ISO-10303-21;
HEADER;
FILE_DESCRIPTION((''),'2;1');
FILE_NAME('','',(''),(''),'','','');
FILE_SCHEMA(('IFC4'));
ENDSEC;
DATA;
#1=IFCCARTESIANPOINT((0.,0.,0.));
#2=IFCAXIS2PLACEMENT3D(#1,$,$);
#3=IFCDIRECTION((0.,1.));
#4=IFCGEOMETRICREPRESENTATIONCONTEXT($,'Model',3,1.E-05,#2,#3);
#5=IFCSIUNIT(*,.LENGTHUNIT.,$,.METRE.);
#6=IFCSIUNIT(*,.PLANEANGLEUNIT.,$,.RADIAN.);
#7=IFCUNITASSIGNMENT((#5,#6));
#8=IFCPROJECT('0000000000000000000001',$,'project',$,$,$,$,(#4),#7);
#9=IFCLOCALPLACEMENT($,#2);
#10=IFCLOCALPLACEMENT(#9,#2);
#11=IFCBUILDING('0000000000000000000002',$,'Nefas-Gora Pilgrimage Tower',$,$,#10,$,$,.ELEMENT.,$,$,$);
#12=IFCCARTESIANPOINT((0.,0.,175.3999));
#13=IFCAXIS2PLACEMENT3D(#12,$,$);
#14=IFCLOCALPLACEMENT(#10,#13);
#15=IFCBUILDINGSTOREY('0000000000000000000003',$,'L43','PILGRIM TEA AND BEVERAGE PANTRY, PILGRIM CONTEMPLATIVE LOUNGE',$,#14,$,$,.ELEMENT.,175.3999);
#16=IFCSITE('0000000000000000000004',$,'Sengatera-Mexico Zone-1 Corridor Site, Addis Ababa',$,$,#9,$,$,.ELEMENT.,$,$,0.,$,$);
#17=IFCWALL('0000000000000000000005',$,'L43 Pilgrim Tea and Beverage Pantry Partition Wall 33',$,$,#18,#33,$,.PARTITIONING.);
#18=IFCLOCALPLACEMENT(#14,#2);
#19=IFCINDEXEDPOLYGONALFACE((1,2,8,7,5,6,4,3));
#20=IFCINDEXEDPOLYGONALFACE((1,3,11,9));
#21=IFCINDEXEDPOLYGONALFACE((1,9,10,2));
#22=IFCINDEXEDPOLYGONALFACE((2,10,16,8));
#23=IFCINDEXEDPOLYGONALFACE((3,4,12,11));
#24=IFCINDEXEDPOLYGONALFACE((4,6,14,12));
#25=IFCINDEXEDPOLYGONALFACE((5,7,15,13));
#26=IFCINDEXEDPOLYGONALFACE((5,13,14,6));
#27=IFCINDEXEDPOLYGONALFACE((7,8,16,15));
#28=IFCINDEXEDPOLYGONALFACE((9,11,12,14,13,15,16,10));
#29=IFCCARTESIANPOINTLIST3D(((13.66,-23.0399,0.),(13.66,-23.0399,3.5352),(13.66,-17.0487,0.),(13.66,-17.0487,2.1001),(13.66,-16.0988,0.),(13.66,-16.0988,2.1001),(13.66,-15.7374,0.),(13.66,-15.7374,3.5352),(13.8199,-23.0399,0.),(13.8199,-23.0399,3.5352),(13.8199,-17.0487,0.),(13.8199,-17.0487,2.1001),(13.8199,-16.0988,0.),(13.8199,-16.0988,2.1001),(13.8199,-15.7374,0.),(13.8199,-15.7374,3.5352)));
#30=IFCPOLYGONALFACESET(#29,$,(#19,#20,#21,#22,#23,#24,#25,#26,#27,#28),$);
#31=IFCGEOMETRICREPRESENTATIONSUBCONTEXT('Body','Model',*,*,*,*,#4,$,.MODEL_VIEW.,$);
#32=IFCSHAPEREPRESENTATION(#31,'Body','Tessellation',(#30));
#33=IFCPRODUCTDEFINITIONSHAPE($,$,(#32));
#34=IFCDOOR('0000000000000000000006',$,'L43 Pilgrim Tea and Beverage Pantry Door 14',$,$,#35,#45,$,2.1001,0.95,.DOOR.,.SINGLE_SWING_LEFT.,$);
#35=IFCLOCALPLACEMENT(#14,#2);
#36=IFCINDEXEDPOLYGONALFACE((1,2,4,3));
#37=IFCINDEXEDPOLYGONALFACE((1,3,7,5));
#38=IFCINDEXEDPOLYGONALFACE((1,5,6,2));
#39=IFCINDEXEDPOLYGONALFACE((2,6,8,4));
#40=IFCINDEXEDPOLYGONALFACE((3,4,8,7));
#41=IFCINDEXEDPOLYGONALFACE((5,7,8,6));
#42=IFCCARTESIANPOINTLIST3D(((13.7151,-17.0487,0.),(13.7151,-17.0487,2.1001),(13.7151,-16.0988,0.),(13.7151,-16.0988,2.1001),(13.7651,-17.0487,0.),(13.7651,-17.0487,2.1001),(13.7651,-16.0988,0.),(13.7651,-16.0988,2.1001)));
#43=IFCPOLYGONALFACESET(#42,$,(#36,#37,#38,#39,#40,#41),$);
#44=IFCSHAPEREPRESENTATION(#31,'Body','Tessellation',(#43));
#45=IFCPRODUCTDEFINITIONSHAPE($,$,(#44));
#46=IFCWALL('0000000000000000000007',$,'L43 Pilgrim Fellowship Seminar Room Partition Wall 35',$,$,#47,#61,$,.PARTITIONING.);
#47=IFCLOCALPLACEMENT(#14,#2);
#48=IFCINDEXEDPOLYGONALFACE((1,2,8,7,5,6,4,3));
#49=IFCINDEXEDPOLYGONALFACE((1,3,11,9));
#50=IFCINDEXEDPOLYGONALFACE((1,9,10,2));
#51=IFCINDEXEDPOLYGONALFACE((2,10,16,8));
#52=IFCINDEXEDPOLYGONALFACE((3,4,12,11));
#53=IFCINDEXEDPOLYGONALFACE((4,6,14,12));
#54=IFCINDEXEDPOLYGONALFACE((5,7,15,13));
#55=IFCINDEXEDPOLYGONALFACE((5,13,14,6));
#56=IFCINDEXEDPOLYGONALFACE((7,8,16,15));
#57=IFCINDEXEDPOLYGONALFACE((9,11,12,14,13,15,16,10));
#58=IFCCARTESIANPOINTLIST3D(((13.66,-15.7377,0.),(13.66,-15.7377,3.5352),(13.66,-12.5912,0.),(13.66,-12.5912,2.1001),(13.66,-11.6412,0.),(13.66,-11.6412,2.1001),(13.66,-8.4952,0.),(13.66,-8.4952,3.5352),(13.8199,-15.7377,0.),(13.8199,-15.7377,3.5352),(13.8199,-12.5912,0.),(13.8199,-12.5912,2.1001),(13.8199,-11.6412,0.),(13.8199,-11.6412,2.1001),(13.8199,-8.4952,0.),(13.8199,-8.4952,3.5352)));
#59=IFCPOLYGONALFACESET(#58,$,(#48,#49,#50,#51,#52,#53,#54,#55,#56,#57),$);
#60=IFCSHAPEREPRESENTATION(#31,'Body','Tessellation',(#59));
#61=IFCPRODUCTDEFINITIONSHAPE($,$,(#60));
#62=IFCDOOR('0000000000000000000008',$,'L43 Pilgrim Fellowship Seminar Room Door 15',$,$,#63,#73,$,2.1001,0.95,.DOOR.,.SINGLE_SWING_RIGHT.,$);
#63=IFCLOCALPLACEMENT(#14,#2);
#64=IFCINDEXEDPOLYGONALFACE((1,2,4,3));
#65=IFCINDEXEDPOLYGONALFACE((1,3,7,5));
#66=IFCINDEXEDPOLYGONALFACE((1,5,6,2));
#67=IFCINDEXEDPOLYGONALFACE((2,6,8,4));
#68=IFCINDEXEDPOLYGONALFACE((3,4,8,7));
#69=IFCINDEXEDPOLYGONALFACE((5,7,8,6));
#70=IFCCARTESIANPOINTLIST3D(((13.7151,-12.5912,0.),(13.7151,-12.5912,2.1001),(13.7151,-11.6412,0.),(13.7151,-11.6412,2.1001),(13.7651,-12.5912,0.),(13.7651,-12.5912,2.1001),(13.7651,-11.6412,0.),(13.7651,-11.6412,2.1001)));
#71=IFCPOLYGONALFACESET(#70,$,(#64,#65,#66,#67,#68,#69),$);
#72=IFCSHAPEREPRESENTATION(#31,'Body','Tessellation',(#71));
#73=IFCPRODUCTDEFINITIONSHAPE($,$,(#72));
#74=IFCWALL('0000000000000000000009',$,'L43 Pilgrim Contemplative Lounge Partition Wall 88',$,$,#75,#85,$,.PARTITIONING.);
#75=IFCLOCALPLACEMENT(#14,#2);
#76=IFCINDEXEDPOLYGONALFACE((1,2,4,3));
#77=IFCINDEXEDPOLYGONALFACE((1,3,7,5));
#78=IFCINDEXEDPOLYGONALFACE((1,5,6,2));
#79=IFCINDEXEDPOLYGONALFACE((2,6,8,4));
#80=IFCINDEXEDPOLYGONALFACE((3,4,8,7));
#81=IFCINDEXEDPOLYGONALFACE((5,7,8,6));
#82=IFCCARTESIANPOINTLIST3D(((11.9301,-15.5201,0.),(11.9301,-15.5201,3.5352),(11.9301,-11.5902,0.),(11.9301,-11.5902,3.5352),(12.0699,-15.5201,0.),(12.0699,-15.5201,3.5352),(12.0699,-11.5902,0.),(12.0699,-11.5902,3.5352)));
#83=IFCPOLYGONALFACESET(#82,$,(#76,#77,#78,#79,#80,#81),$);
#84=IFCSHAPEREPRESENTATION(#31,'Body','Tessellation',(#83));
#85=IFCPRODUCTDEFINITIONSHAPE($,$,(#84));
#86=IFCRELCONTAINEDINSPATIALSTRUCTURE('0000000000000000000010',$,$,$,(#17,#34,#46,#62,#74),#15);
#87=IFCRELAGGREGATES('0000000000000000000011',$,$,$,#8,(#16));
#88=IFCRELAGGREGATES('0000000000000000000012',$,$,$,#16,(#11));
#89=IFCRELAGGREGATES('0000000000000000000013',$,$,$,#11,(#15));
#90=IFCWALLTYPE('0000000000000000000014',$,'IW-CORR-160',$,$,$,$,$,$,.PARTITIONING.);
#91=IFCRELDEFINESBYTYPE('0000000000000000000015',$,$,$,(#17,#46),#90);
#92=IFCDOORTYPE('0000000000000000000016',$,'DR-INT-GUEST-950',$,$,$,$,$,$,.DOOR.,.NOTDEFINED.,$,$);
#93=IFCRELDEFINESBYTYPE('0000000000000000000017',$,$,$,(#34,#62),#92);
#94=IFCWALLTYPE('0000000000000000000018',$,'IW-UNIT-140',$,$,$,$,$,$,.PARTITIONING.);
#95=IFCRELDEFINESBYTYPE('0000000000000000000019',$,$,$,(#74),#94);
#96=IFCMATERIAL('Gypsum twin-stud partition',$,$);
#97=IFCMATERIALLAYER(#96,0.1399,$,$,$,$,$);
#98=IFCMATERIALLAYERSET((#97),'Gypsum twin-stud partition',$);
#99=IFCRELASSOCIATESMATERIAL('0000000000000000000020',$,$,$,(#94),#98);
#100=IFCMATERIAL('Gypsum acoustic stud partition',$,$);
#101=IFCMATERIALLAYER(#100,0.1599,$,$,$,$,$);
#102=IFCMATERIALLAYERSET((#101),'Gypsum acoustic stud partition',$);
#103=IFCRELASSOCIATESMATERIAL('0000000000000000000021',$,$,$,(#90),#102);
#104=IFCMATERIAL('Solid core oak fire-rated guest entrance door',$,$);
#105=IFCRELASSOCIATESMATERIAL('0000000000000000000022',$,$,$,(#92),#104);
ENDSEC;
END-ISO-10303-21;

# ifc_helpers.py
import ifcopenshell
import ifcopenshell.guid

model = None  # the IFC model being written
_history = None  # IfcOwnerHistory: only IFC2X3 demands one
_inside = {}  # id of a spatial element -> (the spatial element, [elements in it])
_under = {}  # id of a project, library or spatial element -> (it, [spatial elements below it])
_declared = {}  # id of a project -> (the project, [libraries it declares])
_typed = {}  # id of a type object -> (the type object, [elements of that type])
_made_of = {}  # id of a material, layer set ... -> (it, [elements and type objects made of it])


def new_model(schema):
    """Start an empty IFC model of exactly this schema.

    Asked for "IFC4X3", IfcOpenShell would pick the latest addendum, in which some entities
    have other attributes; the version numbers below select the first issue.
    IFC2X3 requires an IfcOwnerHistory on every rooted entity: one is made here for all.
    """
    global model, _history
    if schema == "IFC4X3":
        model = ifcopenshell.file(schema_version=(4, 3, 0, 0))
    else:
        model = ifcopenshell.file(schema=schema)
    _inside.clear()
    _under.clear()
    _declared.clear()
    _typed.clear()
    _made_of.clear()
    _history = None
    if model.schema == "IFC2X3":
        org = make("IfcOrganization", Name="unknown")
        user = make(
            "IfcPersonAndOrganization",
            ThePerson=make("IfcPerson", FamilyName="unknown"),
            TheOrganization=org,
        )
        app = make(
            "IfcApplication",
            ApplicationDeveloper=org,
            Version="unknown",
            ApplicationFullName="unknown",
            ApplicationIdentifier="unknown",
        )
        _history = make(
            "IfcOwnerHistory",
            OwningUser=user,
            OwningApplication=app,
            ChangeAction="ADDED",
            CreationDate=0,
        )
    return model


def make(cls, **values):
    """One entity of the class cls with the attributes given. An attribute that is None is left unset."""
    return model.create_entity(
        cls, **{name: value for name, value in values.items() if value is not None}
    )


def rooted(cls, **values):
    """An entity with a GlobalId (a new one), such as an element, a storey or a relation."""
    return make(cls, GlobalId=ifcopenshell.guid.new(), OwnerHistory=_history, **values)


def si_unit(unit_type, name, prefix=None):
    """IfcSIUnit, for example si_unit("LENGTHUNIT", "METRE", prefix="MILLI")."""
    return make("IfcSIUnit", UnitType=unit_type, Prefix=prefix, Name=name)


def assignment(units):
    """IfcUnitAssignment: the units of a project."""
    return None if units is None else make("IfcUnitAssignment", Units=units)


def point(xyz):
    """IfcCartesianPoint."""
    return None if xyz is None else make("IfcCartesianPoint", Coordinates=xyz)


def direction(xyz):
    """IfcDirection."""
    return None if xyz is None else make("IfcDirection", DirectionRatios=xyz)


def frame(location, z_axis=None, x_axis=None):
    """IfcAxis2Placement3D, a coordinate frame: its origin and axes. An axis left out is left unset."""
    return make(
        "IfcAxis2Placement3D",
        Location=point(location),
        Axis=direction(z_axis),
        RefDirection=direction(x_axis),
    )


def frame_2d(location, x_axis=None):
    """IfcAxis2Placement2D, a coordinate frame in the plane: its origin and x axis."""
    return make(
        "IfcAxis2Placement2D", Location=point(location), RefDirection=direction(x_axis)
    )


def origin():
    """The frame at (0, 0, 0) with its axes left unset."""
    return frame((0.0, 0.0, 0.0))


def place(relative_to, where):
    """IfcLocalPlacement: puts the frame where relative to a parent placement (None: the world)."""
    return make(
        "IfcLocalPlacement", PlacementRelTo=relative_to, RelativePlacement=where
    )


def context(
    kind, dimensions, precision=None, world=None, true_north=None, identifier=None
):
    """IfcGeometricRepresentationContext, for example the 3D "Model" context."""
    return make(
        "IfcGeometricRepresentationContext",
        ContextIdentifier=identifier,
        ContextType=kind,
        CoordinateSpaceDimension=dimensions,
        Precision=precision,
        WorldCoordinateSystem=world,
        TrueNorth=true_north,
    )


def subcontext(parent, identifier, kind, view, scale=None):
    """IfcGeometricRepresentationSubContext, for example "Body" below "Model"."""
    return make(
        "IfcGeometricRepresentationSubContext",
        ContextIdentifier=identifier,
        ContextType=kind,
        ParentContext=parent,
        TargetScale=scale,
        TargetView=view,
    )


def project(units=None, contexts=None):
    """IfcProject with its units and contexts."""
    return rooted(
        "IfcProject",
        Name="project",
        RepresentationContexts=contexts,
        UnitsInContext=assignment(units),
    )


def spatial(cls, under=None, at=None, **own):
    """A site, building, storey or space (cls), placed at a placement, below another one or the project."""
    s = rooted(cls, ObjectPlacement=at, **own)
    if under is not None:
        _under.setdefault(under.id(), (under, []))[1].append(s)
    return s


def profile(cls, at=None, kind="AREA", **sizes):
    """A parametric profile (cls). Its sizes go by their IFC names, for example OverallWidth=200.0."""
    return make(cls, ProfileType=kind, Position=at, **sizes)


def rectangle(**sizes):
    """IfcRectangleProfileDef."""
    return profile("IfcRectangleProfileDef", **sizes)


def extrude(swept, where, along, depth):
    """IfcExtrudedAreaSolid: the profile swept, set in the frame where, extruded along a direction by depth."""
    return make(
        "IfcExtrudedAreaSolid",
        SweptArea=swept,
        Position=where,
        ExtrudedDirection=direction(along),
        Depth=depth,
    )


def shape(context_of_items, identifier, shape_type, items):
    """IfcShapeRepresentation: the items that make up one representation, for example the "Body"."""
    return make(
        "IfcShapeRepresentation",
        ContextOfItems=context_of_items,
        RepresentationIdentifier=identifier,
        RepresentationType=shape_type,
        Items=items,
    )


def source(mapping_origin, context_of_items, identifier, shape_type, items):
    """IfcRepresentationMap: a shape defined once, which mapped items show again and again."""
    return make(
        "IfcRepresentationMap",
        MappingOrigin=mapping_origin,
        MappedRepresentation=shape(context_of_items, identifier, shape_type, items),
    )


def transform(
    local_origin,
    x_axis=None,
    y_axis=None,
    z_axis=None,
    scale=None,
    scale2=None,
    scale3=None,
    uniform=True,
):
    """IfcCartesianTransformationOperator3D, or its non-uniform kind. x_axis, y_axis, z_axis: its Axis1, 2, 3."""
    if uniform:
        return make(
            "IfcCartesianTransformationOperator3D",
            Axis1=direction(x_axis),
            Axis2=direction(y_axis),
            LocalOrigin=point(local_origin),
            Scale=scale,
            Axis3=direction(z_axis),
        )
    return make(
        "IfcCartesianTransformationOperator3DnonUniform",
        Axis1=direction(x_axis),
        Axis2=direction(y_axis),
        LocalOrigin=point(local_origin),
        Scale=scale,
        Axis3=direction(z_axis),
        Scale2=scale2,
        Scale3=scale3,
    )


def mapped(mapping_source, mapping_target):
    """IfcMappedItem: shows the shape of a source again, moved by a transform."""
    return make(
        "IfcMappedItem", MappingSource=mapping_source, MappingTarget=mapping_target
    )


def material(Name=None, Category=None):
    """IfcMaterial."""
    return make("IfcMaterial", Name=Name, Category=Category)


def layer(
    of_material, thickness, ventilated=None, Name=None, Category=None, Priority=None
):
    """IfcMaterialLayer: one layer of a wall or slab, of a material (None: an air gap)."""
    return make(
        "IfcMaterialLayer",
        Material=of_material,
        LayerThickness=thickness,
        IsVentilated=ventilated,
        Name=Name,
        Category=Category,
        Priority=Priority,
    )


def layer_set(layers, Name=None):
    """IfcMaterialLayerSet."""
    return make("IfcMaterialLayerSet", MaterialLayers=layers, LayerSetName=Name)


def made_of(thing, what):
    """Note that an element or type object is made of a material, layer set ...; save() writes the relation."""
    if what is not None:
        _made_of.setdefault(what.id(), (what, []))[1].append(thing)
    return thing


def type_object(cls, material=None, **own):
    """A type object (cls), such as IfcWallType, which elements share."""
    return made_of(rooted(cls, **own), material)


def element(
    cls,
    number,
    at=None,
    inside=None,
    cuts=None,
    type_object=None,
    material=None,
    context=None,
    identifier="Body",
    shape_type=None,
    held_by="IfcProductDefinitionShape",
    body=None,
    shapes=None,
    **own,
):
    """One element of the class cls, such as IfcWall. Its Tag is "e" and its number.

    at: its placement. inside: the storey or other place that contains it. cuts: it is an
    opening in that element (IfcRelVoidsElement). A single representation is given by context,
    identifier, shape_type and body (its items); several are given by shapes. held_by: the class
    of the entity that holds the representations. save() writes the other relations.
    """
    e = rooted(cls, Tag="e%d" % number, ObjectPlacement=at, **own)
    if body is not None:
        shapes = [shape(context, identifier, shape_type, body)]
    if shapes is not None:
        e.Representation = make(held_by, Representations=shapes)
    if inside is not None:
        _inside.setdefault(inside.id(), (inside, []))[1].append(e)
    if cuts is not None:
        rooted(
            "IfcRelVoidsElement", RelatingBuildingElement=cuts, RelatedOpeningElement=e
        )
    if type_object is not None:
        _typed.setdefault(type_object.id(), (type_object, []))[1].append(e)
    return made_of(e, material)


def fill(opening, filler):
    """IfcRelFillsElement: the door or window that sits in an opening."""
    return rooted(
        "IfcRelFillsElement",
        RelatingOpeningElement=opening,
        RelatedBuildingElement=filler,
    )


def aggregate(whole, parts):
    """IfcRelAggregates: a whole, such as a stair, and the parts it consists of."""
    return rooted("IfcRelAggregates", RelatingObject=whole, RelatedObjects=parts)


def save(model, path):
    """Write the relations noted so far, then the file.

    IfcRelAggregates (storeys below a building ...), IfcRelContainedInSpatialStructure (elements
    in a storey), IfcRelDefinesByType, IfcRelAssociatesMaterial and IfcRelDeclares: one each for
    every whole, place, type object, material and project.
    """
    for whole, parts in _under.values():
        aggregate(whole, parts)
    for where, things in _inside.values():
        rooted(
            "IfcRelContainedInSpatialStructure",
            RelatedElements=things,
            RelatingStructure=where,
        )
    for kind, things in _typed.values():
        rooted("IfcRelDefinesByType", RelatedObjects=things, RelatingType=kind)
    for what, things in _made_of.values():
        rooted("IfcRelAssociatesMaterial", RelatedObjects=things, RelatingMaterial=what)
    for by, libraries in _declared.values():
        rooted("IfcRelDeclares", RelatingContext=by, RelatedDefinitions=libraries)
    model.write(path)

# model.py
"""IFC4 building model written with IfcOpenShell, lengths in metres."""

from ifc_helpers import new_model, si_unit, direction, frame, frame_2d, origin, place, context, subcontext, project, spatial, rectangle, extrude, source, transform, mapped, material, layer, layer_set, type_object, element, fill, save


model = new_model("IFC4")

# Units and contexts
model_context = context("Model", 3, precision=1e-05, world=origin(), true_north=direction((0.0, 1.0)))
body_context = subcontext(model_context, "Body", "Model", "MODEL_VIEW")
ifc_project = project(units=[si_unit("LENGTHUNIT", "METRE"), si_unit("PLANEANGLEUNIT", "RADIAN")], contexts=[model_context])

# Site, building, storey
site_placement = place(None, origin())
site = spatial("IfcSite", under=ifc_project, at=site_placement, Name="Sengatera-Mexico Zone-1 Corridor Site, Addis Ababa", CompositionType="ELEMENT", RefElevation=0.0)
building_placement = place(site_placement, origin())
building = spatial("IfcBuilding", under=site, at=building_placement, Name="Nefas-Gora Pilgrimage Tower", CompositionType="ELEMENT")
storey_placement = place(building_placement, frame((0.0, 0.0, 175.3999)))
storey = spatial("IfcBuildingStorey", under=building, at=storey_placement, Name="L43", Description="PILGRIM TEA AND BEVERAGE PANTRY, PILGRIM CONTEMPLATIVE LOUNGE", CompositionType="ELEMENT", Elevation=175.3999)

# Shared definitions
ifc_material_1 = material(Name="Gypsum twin-stud partition")
ifc_layer_1 = layer(ifc_material_1, 0.1399)
ifc_layer_set_1 = layer_set([ifc_layer_1], Name="Gypsum twin-stud partition")
wall_type_1 = type_object("IfcWallType", Name="IW-UNIT-140", PredefinedType="PARTITIONING", material=ifc_layer_set_1)

# Walls, openings, doors
ifc_material_2 = material(Name="Gypsum acoustic stud partition")
ifc_layer_2 = layer(ifc_material_2, 0.1599)
ifc_layer_set_2 = layer_set([ifc_layer_2], Name="Gypsum acoustic stud partition")
wall_type_2 = type_object("IfcWallType", Name="IW-CORR-160", PredefinedType="PARTITIONING", material=ifc_layer_set_2)
shared_shape_1 = source(origin(), body_context, "Body", "SweptSolid", [
    extrude(rectangle(XDim=7.3025, YDim=0.1599, at=frame_2d((3.6514, 0.0))), origin(), (0.0, 0.0, 1.0), 3.5352),
])
wall_1_placement = place(storey_placement, frame((13.74, -23.04, 0.0), z_axis=(0.0, 0.0, 1.0), x_axis=(0.0, 1.0, 0.0)))
wall_1 = element("IfcWall", 1, at=wall_1_placement, inside=storey, type_object=wall_type_2, Name="L43 Pilgrim Tea and Beverage Pantry Partition Wall 33", PredefinedType="PARTITIONING", context=body_context, shape_type="MappedRepresentation", body=[
    mapped(shared_shape_1, transform((0.0, 0.0, 0.0), x_axis=(1.0, 0.0, 0.0), y_axis=(0.0, 1.0, 0.0), z_axis=(0.0, 0.0, 1.0), scale=1.0)),
])
opening_1_placement = place(wall_1_placement, frame((5.9912, 0.0, 0.0)))
opening_1 = element("IfcOpeningElement", 2, at=opening_1_placement, cuts=wall_1, PredefinedType="OPENING", context=body_context, shape_type="SweptSolid", body=[
    extrude(rectangle(XDim=0.95, YDim=2.1001, at=frame_2d((0.4751, 1.05))), frame((0.0, 0.0898, 0.0), z_axis=(0.0, -1.0, 0.0), x_axis=(1.0, 0.0, 0.0)), (0.0, 0.0, 1.0), 0.1799),
])
ifc_material_3 = material(Name="Solid core oak fire-rated guest entrance door")
door_type = type_object("IfcDoorType", Name="DR-INT-GUEST-950", OperationType="NOTDEFINED", PredefinedType="DOOR", material=ifc_material_3)
shared_shape_2 = source(origin(), body_context, "Body", "SweptSolid", [
    extrude(rectangle(XDim=0.95, YDim=2.1001, at=frame_2d((0.4751, 1.05))), frame((0.0, 0.0249, 0.0), z_axis=(0.0, -1.0, 0.0), x_axis=(1.0, 0.0, 0.0)), (0.0, 0.0, 1.0), 0.05),
])
door_1_placement = place(opening_1_placement, origin())
door_1 = element("IfcDoor", 3, at=door_1_placement, inside=storey, type_object=door_type, Name="L43 Pilgrim Tea and Beverage Pantry Door 14", OperationType="SINGLE_SWING_LEFT", OverallHeight=2.1001, OverallWidth=0.95, PredefinedType="DOOR", context=body_context, shape_type="MappedRepresentation", body=[
    mapped(shared_shape_2, transform((0.0, 0.0, 0.0), x_axis=(1.0, 0.0, 0.0), y_axis=(0.0, 1.0, 0.0), z_axis=(0.0, 0.0, 1.0), scale=1.0)),
])
fill(opening_1, door_1)
shared_shape_3 = source(origin(), body_context, "Body", "SweptSolid", [
    extrude(rectangle(XDim=7.2424, YDim=0.1599, at=frame_2d((3.6211, 0.0))), origin(), (0.0, 0.0, 1.0), 3.5352),
])
wall_2_placement = place(storey_placement, frame((13.74, -15.7375, 0.0), z_axis=(0.0, 0.0, 1.0), x_axis=(0.0, 1.0, 0.0)))
wall_2 = element("IfcWall", 4, at=wall_2_placement, inside=storey, type_object=wall_type_2, Name="L43 Pilgrim Fellowship Seminar Room Partition Wall 35", PredefinedType="PARTITIONING", context=body_context, shape_type="MappedRepresentation", body=[
    mapped(shared_shape_3, transform((0.0, 0.0, 0.0), x_axis=(1.0, 0.0, 0.0), y_axis=(0.0, 1.0, 0.0), z_axis=(0.0, 0.0, 1.0), scale=1.0)),
])
opening_2_placement = place(wall_2_placement, frame((3.1462, 0.0, 0.0)))
opening_2 = element("IfcOpeningElement", 5, at=opening_2_placement, cuts=wall_2, PredefinedType="OPENING", context=body_context, shape_type="SweptSolid", body=[
    extrude(rectangle(XDim=0.95, YDim=2.1001, at=frame_2d((0.4751, 1.05))), frame((0.0, 0.0898, 0.0), z_axis=(0.0, -1.0, 0.0), x_axis=(1.0, 0.0, 0.0)), (0.0, 0.0, 1.0), 0.1799),
])
door_2_placement = place(opening_2_placement, origin())
door_2 = element("IfcDoor", 6, at=door_2_placement, inside=storey, type_object=door_type, Name="L43 Pilgrim Fellowship Seminar Room Door 15", OperationType="SINGLE_SWING_RIGHT", OverallHeight=2.1001, OverallWidth=0.95, PredefinedType="DOOR", context=body_context, shape_type="MappedRepresentation", body=[
    mapped(shared_shape_2, transform((0.0, 0.0, 0.0), x_axis=(1.0, 0.0, 0.0), y_axis=(0.0, 1.0, 0.0), z_axis=(0.0, 0.0, 1.0), scale=1.0)),
])
fill(opening_2, door_2)

# Wall
shared_shape_4 = source(origin(), body_context, "Body", "SweptSolid", [
    extrude(rectangle(XDim=3.9299, YDim=0.1399, at=frame_2d((1.9648, 0.0))), origin(), (0.0, 0.0, 1.0), 3.5352),
])
wall_3_placement = place(storey_placement, frame((12.0, -15.52, 0.0), z_axis=(0.0, 0.0, 1.0), x_axis=(0.0, 1.0, 0.0)))
element("IfcWall", 7, at=wall_3_placement, inside=storey, type_object=wall_type_1, Name="L43 Pilgrim Contemplative Lounge Partition Wall 88", PredefinedType="PARTITIONING", context=body_context, shape_type="MappedRepresentation", body=[
    mapped(shared_shape_4, transform((0.0, 0.0, 0.0), x_axis=(1.0, 0.0, 0.0), y_axis=(0.0, 1.0, 0.0), z_axis=(0.0, 0.0, 1.0), scale=1.0)),
])

save(model, "model.ifc")
